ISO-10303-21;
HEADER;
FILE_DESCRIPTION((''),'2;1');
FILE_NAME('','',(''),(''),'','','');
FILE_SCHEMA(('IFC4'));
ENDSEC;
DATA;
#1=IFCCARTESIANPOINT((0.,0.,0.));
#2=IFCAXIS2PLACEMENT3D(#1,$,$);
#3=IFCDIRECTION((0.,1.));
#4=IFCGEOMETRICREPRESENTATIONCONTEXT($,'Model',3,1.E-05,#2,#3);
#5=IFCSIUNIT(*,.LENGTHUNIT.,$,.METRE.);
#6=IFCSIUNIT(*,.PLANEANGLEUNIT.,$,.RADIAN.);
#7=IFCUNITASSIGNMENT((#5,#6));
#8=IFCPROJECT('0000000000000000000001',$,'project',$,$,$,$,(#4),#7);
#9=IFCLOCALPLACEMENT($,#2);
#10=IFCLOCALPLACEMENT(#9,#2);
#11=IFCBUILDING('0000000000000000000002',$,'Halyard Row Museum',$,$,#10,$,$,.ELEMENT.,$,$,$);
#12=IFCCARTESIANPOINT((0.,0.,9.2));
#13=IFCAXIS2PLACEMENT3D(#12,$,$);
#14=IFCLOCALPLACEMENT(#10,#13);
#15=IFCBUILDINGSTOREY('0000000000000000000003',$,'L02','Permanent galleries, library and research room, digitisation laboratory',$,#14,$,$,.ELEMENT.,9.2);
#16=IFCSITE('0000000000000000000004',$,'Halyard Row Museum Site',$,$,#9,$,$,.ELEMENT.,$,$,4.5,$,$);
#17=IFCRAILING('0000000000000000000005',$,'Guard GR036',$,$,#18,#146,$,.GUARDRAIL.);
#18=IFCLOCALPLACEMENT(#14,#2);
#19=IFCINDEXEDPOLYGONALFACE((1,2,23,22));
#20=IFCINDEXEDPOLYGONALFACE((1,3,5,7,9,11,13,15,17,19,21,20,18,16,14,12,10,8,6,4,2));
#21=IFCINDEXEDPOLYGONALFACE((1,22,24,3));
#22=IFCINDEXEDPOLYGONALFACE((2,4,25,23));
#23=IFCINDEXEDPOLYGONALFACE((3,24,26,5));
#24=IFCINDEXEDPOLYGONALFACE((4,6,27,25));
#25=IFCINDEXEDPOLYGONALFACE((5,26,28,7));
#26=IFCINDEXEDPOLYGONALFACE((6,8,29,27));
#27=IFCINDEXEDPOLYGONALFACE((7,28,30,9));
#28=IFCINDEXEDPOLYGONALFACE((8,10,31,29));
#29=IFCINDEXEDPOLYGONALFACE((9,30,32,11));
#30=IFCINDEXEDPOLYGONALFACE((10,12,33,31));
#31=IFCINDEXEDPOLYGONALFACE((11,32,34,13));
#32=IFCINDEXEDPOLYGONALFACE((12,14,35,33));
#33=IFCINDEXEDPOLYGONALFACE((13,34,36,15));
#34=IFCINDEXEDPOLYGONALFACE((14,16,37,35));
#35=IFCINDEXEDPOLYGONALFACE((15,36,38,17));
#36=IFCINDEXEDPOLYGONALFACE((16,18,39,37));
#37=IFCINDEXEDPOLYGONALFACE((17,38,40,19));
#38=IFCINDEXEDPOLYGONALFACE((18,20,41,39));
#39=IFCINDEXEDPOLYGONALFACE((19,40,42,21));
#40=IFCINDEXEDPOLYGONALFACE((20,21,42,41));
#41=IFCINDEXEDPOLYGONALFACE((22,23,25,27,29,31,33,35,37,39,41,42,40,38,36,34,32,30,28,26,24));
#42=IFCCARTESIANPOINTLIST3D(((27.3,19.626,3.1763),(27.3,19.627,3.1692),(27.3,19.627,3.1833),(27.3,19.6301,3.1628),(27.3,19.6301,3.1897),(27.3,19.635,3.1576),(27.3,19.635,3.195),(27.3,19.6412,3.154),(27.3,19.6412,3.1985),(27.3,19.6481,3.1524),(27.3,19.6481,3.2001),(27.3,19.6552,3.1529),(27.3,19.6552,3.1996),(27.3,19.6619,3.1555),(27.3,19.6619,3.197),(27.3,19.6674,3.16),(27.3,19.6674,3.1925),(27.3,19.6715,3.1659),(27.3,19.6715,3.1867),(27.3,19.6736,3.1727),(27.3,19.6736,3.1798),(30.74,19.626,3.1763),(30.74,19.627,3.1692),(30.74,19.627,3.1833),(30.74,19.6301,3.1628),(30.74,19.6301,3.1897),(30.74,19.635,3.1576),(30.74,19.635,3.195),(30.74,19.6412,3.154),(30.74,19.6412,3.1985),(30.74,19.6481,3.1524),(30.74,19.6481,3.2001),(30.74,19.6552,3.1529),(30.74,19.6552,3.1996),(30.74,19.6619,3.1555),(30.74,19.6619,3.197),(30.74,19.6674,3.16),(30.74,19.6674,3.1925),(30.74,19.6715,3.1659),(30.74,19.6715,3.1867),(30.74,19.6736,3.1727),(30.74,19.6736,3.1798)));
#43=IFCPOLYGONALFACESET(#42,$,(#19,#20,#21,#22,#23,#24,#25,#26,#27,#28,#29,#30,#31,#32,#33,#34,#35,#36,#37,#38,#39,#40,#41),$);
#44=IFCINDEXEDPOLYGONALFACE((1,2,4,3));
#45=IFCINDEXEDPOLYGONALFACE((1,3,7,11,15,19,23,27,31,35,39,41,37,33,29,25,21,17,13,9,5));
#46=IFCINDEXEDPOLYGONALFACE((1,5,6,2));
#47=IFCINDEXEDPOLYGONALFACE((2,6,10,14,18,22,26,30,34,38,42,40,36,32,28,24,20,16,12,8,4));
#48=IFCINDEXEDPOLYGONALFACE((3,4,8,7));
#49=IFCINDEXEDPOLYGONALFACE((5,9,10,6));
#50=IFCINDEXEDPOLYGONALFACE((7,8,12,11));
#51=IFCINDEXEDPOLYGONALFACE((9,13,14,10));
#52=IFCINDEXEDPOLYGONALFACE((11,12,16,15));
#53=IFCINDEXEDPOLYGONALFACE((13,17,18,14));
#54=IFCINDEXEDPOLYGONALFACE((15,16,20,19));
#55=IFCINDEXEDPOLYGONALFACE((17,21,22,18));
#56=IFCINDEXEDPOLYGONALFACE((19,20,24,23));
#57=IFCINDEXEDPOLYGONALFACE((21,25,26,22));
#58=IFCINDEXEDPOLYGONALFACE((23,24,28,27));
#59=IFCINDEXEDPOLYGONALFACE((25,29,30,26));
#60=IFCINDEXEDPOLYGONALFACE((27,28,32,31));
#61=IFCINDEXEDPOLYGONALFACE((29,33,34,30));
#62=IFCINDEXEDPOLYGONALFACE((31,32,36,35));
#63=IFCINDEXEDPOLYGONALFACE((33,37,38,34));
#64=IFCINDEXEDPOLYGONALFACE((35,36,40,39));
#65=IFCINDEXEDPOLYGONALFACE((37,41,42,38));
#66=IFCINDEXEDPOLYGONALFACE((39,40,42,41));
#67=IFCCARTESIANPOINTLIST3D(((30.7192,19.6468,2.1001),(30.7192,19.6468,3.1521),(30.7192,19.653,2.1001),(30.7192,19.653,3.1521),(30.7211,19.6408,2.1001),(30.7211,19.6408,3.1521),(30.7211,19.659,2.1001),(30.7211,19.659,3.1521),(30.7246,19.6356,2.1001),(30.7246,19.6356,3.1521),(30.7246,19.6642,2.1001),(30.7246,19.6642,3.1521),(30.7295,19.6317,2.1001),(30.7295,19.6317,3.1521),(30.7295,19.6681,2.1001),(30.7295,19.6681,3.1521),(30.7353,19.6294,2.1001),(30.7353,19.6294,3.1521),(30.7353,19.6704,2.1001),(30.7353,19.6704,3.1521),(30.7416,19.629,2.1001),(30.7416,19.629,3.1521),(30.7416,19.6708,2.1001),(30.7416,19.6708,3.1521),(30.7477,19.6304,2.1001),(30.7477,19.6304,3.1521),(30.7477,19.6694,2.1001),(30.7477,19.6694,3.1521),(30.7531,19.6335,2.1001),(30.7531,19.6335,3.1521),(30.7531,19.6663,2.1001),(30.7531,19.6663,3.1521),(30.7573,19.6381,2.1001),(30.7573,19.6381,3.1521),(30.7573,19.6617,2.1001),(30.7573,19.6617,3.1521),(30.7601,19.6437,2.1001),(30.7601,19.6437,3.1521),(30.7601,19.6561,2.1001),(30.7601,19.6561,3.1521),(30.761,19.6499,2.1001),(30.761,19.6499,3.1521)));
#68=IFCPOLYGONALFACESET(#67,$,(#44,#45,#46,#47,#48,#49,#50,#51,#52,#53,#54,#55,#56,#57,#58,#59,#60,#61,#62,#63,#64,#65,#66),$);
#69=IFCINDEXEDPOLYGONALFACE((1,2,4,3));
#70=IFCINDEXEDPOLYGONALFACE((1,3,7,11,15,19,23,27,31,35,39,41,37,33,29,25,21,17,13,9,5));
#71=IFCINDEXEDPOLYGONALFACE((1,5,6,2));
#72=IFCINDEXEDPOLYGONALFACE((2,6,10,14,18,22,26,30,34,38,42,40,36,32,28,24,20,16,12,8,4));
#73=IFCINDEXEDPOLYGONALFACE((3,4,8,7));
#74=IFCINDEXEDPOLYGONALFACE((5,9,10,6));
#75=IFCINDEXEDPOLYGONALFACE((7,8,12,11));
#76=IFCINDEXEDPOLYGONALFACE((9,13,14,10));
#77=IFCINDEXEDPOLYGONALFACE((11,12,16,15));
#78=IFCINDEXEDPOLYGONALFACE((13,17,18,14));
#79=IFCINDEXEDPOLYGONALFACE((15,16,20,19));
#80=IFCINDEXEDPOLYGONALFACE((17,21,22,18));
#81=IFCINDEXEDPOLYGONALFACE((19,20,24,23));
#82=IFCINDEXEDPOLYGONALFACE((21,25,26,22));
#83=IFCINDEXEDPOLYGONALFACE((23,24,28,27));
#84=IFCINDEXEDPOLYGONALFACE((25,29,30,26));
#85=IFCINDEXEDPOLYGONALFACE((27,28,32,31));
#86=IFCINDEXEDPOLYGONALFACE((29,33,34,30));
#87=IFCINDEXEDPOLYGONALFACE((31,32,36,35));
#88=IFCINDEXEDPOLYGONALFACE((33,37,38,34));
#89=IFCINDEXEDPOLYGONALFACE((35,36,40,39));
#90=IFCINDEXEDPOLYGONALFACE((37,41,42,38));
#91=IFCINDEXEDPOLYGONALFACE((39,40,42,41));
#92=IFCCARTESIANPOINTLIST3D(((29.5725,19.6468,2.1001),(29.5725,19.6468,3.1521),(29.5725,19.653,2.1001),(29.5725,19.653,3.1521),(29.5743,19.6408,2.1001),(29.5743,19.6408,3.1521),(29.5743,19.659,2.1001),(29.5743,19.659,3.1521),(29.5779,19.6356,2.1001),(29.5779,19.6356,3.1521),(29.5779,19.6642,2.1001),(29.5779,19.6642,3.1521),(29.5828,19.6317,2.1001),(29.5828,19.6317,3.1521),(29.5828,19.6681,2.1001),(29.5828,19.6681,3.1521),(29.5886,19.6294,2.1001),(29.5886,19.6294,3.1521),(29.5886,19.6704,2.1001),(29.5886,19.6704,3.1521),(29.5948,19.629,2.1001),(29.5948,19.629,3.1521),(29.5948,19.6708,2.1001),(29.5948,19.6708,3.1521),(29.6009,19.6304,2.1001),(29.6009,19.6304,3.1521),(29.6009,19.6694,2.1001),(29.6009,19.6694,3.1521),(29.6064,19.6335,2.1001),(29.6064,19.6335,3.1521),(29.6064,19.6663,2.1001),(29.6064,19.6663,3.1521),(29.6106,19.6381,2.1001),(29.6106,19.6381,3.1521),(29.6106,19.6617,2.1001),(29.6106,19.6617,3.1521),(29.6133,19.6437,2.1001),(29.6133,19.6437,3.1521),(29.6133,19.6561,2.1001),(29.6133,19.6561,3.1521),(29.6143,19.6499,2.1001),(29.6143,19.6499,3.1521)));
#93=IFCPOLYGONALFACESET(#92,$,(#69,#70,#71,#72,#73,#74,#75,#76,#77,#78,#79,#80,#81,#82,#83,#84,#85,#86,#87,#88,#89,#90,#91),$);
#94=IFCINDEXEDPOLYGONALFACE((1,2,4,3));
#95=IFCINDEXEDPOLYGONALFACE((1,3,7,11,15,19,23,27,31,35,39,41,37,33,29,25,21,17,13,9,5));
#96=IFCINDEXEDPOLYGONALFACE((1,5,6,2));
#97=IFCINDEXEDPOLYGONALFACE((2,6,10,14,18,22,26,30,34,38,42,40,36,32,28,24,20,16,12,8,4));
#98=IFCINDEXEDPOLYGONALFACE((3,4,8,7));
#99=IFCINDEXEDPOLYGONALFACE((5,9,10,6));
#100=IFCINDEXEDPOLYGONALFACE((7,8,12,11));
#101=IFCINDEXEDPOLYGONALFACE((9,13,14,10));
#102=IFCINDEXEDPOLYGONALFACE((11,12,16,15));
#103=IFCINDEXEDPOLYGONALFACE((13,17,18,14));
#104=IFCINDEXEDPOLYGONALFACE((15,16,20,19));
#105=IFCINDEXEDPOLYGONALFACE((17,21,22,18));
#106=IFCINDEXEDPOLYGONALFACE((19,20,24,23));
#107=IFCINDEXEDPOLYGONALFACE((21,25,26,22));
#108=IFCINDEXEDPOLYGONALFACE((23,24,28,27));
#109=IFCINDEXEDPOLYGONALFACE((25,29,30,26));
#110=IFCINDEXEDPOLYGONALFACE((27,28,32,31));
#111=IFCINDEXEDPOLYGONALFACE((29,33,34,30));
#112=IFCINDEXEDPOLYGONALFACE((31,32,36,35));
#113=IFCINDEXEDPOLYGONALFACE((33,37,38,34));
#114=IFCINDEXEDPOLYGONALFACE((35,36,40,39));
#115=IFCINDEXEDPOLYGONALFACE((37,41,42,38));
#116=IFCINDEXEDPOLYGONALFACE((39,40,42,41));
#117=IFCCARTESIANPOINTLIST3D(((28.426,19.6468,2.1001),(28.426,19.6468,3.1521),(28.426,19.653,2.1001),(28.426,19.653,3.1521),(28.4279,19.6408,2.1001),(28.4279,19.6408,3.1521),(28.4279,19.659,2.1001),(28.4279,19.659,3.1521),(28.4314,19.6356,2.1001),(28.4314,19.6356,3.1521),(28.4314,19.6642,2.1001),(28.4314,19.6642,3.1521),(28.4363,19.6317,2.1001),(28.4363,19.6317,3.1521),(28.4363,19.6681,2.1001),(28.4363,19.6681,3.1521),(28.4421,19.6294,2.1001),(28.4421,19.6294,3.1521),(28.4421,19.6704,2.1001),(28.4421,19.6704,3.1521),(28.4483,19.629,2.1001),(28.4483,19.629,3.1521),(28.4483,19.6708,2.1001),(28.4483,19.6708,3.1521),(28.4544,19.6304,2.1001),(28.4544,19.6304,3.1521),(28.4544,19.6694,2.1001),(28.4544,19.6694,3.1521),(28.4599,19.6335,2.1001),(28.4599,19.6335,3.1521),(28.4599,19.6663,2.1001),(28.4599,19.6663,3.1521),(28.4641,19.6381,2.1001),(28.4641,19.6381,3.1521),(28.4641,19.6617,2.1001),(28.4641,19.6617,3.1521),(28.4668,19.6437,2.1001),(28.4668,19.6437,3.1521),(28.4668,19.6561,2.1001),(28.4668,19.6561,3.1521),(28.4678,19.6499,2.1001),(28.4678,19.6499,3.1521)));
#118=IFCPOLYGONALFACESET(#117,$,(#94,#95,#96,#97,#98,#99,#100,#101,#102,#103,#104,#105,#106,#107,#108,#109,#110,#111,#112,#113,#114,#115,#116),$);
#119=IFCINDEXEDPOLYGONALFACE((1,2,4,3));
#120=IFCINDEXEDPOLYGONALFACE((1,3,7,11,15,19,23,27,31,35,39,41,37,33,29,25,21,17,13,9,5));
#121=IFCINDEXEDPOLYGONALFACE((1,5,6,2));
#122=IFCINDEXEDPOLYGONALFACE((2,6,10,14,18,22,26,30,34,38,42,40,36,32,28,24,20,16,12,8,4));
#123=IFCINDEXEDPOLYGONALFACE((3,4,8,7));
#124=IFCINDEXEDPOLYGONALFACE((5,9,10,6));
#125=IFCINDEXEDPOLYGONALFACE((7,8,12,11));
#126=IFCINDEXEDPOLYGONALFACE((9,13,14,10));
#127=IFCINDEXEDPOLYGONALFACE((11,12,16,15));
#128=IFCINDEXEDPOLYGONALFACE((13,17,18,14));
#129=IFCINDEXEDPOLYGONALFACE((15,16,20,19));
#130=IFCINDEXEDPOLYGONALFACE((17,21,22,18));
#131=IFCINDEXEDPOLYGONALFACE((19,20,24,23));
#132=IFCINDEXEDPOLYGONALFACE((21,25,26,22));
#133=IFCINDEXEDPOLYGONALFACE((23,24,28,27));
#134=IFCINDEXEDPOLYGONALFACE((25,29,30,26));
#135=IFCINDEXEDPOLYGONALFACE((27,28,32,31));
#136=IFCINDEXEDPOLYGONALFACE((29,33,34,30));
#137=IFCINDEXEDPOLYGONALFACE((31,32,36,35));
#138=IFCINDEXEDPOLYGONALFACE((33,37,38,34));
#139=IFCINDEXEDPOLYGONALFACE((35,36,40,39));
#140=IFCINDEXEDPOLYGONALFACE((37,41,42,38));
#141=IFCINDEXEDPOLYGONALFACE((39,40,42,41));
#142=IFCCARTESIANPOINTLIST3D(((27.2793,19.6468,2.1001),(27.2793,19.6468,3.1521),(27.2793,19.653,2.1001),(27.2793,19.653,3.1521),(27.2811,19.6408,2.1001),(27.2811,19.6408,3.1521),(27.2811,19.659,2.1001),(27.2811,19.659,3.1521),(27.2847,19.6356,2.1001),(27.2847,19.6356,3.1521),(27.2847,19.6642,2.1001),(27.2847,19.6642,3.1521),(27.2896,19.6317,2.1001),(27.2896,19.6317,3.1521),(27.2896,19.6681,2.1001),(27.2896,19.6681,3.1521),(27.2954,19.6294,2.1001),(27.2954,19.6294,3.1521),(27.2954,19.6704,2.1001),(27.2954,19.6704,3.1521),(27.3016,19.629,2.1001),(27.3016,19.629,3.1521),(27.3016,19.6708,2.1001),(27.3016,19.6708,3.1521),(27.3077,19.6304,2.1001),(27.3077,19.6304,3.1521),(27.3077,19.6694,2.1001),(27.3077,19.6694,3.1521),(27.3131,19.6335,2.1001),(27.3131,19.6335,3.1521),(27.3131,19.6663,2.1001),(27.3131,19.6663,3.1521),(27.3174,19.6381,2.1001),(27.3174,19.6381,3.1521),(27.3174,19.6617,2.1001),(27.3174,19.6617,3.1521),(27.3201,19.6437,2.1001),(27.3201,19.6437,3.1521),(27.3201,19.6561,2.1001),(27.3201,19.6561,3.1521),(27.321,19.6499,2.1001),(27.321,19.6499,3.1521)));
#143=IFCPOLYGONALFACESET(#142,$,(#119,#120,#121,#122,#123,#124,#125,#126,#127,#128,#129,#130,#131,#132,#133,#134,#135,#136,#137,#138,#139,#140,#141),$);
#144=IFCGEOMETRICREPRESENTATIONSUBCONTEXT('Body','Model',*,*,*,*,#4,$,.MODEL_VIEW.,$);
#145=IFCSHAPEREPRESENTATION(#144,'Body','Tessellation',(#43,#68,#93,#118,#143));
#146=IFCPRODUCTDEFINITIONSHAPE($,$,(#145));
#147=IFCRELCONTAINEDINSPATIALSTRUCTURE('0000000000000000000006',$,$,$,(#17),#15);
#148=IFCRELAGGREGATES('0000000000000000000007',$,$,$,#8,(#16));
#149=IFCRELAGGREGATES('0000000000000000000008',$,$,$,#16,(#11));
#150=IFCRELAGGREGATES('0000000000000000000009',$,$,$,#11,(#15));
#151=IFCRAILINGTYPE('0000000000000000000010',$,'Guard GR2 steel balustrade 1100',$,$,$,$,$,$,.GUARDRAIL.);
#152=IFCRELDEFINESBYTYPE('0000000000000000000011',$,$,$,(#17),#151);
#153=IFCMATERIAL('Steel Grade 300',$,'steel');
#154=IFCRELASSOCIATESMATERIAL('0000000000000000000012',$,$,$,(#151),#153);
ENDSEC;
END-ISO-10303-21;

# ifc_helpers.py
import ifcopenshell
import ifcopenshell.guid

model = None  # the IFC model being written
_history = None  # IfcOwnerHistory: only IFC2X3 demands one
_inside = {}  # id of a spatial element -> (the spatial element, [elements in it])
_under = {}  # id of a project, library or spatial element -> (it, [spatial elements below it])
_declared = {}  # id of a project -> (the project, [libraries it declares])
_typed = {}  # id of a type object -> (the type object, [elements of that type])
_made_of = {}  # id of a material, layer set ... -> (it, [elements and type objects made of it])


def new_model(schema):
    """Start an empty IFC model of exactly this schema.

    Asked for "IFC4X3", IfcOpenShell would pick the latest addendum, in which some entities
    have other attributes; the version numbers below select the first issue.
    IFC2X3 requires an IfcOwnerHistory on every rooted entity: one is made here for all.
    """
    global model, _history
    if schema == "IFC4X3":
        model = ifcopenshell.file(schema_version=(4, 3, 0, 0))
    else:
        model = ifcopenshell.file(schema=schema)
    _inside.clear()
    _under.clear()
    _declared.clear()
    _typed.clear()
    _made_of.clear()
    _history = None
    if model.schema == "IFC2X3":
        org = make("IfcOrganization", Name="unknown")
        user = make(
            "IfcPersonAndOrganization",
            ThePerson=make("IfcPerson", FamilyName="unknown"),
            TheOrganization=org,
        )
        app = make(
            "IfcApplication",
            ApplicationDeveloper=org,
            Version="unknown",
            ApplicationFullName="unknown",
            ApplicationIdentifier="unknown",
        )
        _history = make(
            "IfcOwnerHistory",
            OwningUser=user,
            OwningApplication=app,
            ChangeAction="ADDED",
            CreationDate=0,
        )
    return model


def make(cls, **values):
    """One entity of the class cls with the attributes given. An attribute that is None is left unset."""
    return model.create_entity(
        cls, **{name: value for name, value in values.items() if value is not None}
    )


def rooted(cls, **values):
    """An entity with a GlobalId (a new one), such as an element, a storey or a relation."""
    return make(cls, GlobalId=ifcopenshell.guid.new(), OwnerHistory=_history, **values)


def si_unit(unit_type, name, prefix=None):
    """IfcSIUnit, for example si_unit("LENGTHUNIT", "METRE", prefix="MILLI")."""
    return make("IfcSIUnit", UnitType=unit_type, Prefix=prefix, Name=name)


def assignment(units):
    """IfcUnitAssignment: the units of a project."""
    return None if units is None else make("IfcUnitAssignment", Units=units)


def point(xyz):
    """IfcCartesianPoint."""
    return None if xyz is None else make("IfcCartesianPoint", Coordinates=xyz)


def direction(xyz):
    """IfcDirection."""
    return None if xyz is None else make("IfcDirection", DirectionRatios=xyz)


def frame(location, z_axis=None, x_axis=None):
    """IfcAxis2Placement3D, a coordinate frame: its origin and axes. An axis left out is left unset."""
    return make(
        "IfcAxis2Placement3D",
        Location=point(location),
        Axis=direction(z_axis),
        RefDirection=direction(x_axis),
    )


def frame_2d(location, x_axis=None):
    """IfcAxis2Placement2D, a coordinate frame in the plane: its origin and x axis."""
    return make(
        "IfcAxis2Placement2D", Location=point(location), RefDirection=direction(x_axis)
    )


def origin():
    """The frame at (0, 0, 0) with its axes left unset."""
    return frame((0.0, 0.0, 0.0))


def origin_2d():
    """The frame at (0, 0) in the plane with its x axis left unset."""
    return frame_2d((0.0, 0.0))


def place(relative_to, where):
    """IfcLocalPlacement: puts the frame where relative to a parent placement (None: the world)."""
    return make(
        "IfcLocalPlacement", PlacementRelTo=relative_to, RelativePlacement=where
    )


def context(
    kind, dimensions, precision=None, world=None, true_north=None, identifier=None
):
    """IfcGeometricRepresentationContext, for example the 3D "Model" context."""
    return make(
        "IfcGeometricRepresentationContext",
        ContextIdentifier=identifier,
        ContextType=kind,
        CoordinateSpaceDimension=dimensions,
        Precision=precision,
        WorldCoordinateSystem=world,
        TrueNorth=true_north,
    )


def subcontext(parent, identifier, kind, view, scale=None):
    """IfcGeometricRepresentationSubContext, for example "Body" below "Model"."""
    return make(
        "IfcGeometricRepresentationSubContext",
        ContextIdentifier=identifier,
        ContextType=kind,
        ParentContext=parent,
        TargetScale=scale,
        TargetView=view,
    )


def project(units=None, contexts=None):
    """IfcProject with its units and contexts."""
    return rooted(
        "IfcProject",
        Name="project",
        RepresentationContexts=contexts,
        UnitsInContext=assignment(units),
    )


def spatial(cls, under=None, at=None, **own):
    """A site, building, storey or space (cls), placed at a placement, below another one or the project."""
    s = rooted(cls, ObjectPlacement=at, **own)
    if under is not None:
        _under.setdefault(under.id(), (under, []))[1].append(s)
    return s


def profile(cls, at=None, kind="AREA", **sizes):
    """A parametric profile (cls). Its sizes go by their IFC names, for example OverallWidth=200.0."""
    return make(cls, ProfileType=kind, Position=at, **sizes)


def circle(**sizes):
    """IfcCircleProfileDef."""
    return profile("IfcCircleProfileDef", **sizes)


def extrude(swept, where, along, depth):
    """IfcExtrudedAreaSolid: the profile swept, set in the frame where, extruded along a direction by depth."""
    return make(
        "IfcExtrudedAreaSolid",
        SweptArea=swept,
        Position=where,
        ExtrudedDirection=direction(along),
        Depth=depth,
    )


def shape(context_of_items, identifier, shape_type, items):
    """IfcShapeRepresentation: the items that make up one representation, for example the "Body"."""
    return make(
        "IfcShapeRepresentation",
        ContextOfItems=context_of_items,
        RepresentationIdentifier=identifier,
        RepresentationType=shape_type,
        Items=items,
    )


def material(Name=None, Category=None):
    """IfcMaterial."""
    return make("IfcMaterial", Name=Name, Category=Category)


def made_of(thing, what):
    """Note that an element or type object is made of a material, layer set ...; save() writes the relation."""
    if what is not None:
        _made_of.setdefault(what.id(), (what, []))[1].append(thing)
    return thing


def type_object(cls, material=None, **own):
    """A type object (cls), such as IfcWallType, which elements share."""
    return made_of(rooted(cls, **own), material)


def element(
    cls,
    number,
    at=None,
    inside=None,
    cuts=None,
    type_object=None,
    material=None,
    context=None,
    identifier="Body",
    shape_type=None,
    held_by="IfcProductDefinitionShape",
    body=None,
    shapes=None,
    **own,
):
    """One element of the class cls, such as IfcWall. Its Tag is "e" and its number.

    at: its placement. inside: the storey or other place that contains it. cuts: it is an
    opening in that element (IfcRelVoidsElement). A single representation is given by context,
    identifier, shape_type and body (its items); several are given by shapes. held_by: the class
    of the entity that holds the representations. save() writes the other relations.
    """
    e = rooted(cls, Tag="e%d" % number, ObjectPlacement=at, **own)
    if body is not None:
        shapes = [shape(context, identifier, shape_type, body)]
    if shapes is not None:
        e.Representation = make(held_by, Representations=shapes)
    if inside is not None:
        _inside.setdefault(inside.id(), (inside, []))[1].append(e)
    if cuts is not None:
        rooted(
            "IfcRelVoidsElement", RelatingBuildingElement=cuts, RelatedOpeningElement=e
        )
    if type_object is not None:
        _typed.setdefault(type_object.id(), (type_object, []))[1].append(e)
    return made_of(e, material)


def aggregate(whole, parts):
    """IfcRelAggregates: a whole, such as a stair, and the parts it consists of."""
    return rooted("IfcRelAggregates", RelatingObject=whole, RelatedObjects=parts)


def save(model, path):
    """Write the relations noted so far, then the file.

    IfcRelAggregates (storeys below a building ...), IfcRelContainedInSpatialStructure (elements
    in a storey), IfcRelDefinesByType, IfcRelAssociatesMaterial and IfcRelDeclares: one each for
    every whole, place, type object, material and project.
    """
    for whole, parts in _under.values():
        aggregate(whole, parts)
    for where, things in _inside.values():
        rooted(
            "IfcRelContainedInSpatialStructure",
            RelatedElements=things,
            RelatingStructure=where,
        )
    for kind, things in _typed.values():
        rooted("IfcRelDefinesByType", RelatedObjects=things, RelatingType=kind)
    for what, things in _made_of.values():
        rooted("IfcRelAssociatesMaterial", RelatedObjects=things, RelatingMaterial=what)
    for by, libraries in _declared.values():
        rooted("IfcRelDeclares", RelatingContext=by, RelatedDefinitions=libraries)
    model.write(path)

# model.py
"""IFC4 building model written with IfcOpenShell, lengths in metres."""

from ifc_helpers import new_model, si_unit, direction, frame, origin, origin_2d, place, context, subcontext, project, spatial, circle, extrude, material, type_object, element, save


model = new_model("IFC4")

# Units and contexts
model_context = context("Model", 3, precision=1e-05, world=origin(), true_north=direction((0.0, 1.0)))
body_context = subcontext(model_context, "Body", "Model", "MODEL_VIEW")
ifc_project = project(units=[si_unit("LENGTHUNIT", "METRE"), si_unit("PLANEANGLEUNIT", "RADIAN")], contexts=[model_context])

# Site, building, storey
site_placement = place(None, origin())
site = spatial("IfcSite", under=ifc_project, at=site_placement, Name="Halyard Row Museum Site", CompositionType="ELEMENT", RefElevation=4.5)
building_placement = place(site_placement, origin())
building = spatial("IfcBuilding", under=site, at=building_placement, Name="Halyard Row Museum", CompositionType="ELEMENT")
storey_placement = place(building_placement, frame((0.0, 0.0, 9.2)))
storey = spatial("IfcBuildingStorey", under=building, at=storey_placement, Name="L02", Description="Permanent galleries, library and research room, digitisation laboratory", CompositionType="ELEMENT", Elevation=9.2)

# Railing
ifc_material_1 = material(Name="Steel Grade 300", Category="steel")
railing_type_1 = type_object("IfcRailingType", Name="Guard GR2 steel balustrade 1100", PredefinedType="GUARDRAIL", material=ifc_material_1)
railing_1_placement = place(storey_placement, frame((30.74, 19.6499, 2.1001)))
element("IfcRailing", 1, at=railing_1_placement, inside=storey, type_object=railing_type_1, Name="Guard GR036", PredefinedType="GUARDRAIL", context=body_context, shape_type="SweptSolid", body=[
    extrude(circle(Radius=0.0239, at=origin_2d()), frame((0.0, 0.0, 1.0762), z_axis=(-1.0, 0.0, 0.0), x_axis=(0.0, -1.0, 0.0)), (0.0, 0.0, 1.0), 3.4399),
    extrude(circle(Radius=0.021, at=origin_2d()), origin(), (0.0, 0.0, 1.0), 1.052),
    extrude(circle(Radius=0.021, at=origin_2d()), frame((-1.1467, 0.0, 0.0)), (0.0, 0.0, 1.0), 1.052),
    extrude(circle(Radius=0.021, at=origin_2d()), frame((-2.2932, 0.0, 0.0)), (0.0, 0.0, 1.0), 1.052),
    extrude(circle(Radius=0.021, at=origin_2d()), frame((-3.4399, 0.0, 0.0)), (0.0, 0.0, 1.0), 1.052),
])

save(model, "model.ifc")
